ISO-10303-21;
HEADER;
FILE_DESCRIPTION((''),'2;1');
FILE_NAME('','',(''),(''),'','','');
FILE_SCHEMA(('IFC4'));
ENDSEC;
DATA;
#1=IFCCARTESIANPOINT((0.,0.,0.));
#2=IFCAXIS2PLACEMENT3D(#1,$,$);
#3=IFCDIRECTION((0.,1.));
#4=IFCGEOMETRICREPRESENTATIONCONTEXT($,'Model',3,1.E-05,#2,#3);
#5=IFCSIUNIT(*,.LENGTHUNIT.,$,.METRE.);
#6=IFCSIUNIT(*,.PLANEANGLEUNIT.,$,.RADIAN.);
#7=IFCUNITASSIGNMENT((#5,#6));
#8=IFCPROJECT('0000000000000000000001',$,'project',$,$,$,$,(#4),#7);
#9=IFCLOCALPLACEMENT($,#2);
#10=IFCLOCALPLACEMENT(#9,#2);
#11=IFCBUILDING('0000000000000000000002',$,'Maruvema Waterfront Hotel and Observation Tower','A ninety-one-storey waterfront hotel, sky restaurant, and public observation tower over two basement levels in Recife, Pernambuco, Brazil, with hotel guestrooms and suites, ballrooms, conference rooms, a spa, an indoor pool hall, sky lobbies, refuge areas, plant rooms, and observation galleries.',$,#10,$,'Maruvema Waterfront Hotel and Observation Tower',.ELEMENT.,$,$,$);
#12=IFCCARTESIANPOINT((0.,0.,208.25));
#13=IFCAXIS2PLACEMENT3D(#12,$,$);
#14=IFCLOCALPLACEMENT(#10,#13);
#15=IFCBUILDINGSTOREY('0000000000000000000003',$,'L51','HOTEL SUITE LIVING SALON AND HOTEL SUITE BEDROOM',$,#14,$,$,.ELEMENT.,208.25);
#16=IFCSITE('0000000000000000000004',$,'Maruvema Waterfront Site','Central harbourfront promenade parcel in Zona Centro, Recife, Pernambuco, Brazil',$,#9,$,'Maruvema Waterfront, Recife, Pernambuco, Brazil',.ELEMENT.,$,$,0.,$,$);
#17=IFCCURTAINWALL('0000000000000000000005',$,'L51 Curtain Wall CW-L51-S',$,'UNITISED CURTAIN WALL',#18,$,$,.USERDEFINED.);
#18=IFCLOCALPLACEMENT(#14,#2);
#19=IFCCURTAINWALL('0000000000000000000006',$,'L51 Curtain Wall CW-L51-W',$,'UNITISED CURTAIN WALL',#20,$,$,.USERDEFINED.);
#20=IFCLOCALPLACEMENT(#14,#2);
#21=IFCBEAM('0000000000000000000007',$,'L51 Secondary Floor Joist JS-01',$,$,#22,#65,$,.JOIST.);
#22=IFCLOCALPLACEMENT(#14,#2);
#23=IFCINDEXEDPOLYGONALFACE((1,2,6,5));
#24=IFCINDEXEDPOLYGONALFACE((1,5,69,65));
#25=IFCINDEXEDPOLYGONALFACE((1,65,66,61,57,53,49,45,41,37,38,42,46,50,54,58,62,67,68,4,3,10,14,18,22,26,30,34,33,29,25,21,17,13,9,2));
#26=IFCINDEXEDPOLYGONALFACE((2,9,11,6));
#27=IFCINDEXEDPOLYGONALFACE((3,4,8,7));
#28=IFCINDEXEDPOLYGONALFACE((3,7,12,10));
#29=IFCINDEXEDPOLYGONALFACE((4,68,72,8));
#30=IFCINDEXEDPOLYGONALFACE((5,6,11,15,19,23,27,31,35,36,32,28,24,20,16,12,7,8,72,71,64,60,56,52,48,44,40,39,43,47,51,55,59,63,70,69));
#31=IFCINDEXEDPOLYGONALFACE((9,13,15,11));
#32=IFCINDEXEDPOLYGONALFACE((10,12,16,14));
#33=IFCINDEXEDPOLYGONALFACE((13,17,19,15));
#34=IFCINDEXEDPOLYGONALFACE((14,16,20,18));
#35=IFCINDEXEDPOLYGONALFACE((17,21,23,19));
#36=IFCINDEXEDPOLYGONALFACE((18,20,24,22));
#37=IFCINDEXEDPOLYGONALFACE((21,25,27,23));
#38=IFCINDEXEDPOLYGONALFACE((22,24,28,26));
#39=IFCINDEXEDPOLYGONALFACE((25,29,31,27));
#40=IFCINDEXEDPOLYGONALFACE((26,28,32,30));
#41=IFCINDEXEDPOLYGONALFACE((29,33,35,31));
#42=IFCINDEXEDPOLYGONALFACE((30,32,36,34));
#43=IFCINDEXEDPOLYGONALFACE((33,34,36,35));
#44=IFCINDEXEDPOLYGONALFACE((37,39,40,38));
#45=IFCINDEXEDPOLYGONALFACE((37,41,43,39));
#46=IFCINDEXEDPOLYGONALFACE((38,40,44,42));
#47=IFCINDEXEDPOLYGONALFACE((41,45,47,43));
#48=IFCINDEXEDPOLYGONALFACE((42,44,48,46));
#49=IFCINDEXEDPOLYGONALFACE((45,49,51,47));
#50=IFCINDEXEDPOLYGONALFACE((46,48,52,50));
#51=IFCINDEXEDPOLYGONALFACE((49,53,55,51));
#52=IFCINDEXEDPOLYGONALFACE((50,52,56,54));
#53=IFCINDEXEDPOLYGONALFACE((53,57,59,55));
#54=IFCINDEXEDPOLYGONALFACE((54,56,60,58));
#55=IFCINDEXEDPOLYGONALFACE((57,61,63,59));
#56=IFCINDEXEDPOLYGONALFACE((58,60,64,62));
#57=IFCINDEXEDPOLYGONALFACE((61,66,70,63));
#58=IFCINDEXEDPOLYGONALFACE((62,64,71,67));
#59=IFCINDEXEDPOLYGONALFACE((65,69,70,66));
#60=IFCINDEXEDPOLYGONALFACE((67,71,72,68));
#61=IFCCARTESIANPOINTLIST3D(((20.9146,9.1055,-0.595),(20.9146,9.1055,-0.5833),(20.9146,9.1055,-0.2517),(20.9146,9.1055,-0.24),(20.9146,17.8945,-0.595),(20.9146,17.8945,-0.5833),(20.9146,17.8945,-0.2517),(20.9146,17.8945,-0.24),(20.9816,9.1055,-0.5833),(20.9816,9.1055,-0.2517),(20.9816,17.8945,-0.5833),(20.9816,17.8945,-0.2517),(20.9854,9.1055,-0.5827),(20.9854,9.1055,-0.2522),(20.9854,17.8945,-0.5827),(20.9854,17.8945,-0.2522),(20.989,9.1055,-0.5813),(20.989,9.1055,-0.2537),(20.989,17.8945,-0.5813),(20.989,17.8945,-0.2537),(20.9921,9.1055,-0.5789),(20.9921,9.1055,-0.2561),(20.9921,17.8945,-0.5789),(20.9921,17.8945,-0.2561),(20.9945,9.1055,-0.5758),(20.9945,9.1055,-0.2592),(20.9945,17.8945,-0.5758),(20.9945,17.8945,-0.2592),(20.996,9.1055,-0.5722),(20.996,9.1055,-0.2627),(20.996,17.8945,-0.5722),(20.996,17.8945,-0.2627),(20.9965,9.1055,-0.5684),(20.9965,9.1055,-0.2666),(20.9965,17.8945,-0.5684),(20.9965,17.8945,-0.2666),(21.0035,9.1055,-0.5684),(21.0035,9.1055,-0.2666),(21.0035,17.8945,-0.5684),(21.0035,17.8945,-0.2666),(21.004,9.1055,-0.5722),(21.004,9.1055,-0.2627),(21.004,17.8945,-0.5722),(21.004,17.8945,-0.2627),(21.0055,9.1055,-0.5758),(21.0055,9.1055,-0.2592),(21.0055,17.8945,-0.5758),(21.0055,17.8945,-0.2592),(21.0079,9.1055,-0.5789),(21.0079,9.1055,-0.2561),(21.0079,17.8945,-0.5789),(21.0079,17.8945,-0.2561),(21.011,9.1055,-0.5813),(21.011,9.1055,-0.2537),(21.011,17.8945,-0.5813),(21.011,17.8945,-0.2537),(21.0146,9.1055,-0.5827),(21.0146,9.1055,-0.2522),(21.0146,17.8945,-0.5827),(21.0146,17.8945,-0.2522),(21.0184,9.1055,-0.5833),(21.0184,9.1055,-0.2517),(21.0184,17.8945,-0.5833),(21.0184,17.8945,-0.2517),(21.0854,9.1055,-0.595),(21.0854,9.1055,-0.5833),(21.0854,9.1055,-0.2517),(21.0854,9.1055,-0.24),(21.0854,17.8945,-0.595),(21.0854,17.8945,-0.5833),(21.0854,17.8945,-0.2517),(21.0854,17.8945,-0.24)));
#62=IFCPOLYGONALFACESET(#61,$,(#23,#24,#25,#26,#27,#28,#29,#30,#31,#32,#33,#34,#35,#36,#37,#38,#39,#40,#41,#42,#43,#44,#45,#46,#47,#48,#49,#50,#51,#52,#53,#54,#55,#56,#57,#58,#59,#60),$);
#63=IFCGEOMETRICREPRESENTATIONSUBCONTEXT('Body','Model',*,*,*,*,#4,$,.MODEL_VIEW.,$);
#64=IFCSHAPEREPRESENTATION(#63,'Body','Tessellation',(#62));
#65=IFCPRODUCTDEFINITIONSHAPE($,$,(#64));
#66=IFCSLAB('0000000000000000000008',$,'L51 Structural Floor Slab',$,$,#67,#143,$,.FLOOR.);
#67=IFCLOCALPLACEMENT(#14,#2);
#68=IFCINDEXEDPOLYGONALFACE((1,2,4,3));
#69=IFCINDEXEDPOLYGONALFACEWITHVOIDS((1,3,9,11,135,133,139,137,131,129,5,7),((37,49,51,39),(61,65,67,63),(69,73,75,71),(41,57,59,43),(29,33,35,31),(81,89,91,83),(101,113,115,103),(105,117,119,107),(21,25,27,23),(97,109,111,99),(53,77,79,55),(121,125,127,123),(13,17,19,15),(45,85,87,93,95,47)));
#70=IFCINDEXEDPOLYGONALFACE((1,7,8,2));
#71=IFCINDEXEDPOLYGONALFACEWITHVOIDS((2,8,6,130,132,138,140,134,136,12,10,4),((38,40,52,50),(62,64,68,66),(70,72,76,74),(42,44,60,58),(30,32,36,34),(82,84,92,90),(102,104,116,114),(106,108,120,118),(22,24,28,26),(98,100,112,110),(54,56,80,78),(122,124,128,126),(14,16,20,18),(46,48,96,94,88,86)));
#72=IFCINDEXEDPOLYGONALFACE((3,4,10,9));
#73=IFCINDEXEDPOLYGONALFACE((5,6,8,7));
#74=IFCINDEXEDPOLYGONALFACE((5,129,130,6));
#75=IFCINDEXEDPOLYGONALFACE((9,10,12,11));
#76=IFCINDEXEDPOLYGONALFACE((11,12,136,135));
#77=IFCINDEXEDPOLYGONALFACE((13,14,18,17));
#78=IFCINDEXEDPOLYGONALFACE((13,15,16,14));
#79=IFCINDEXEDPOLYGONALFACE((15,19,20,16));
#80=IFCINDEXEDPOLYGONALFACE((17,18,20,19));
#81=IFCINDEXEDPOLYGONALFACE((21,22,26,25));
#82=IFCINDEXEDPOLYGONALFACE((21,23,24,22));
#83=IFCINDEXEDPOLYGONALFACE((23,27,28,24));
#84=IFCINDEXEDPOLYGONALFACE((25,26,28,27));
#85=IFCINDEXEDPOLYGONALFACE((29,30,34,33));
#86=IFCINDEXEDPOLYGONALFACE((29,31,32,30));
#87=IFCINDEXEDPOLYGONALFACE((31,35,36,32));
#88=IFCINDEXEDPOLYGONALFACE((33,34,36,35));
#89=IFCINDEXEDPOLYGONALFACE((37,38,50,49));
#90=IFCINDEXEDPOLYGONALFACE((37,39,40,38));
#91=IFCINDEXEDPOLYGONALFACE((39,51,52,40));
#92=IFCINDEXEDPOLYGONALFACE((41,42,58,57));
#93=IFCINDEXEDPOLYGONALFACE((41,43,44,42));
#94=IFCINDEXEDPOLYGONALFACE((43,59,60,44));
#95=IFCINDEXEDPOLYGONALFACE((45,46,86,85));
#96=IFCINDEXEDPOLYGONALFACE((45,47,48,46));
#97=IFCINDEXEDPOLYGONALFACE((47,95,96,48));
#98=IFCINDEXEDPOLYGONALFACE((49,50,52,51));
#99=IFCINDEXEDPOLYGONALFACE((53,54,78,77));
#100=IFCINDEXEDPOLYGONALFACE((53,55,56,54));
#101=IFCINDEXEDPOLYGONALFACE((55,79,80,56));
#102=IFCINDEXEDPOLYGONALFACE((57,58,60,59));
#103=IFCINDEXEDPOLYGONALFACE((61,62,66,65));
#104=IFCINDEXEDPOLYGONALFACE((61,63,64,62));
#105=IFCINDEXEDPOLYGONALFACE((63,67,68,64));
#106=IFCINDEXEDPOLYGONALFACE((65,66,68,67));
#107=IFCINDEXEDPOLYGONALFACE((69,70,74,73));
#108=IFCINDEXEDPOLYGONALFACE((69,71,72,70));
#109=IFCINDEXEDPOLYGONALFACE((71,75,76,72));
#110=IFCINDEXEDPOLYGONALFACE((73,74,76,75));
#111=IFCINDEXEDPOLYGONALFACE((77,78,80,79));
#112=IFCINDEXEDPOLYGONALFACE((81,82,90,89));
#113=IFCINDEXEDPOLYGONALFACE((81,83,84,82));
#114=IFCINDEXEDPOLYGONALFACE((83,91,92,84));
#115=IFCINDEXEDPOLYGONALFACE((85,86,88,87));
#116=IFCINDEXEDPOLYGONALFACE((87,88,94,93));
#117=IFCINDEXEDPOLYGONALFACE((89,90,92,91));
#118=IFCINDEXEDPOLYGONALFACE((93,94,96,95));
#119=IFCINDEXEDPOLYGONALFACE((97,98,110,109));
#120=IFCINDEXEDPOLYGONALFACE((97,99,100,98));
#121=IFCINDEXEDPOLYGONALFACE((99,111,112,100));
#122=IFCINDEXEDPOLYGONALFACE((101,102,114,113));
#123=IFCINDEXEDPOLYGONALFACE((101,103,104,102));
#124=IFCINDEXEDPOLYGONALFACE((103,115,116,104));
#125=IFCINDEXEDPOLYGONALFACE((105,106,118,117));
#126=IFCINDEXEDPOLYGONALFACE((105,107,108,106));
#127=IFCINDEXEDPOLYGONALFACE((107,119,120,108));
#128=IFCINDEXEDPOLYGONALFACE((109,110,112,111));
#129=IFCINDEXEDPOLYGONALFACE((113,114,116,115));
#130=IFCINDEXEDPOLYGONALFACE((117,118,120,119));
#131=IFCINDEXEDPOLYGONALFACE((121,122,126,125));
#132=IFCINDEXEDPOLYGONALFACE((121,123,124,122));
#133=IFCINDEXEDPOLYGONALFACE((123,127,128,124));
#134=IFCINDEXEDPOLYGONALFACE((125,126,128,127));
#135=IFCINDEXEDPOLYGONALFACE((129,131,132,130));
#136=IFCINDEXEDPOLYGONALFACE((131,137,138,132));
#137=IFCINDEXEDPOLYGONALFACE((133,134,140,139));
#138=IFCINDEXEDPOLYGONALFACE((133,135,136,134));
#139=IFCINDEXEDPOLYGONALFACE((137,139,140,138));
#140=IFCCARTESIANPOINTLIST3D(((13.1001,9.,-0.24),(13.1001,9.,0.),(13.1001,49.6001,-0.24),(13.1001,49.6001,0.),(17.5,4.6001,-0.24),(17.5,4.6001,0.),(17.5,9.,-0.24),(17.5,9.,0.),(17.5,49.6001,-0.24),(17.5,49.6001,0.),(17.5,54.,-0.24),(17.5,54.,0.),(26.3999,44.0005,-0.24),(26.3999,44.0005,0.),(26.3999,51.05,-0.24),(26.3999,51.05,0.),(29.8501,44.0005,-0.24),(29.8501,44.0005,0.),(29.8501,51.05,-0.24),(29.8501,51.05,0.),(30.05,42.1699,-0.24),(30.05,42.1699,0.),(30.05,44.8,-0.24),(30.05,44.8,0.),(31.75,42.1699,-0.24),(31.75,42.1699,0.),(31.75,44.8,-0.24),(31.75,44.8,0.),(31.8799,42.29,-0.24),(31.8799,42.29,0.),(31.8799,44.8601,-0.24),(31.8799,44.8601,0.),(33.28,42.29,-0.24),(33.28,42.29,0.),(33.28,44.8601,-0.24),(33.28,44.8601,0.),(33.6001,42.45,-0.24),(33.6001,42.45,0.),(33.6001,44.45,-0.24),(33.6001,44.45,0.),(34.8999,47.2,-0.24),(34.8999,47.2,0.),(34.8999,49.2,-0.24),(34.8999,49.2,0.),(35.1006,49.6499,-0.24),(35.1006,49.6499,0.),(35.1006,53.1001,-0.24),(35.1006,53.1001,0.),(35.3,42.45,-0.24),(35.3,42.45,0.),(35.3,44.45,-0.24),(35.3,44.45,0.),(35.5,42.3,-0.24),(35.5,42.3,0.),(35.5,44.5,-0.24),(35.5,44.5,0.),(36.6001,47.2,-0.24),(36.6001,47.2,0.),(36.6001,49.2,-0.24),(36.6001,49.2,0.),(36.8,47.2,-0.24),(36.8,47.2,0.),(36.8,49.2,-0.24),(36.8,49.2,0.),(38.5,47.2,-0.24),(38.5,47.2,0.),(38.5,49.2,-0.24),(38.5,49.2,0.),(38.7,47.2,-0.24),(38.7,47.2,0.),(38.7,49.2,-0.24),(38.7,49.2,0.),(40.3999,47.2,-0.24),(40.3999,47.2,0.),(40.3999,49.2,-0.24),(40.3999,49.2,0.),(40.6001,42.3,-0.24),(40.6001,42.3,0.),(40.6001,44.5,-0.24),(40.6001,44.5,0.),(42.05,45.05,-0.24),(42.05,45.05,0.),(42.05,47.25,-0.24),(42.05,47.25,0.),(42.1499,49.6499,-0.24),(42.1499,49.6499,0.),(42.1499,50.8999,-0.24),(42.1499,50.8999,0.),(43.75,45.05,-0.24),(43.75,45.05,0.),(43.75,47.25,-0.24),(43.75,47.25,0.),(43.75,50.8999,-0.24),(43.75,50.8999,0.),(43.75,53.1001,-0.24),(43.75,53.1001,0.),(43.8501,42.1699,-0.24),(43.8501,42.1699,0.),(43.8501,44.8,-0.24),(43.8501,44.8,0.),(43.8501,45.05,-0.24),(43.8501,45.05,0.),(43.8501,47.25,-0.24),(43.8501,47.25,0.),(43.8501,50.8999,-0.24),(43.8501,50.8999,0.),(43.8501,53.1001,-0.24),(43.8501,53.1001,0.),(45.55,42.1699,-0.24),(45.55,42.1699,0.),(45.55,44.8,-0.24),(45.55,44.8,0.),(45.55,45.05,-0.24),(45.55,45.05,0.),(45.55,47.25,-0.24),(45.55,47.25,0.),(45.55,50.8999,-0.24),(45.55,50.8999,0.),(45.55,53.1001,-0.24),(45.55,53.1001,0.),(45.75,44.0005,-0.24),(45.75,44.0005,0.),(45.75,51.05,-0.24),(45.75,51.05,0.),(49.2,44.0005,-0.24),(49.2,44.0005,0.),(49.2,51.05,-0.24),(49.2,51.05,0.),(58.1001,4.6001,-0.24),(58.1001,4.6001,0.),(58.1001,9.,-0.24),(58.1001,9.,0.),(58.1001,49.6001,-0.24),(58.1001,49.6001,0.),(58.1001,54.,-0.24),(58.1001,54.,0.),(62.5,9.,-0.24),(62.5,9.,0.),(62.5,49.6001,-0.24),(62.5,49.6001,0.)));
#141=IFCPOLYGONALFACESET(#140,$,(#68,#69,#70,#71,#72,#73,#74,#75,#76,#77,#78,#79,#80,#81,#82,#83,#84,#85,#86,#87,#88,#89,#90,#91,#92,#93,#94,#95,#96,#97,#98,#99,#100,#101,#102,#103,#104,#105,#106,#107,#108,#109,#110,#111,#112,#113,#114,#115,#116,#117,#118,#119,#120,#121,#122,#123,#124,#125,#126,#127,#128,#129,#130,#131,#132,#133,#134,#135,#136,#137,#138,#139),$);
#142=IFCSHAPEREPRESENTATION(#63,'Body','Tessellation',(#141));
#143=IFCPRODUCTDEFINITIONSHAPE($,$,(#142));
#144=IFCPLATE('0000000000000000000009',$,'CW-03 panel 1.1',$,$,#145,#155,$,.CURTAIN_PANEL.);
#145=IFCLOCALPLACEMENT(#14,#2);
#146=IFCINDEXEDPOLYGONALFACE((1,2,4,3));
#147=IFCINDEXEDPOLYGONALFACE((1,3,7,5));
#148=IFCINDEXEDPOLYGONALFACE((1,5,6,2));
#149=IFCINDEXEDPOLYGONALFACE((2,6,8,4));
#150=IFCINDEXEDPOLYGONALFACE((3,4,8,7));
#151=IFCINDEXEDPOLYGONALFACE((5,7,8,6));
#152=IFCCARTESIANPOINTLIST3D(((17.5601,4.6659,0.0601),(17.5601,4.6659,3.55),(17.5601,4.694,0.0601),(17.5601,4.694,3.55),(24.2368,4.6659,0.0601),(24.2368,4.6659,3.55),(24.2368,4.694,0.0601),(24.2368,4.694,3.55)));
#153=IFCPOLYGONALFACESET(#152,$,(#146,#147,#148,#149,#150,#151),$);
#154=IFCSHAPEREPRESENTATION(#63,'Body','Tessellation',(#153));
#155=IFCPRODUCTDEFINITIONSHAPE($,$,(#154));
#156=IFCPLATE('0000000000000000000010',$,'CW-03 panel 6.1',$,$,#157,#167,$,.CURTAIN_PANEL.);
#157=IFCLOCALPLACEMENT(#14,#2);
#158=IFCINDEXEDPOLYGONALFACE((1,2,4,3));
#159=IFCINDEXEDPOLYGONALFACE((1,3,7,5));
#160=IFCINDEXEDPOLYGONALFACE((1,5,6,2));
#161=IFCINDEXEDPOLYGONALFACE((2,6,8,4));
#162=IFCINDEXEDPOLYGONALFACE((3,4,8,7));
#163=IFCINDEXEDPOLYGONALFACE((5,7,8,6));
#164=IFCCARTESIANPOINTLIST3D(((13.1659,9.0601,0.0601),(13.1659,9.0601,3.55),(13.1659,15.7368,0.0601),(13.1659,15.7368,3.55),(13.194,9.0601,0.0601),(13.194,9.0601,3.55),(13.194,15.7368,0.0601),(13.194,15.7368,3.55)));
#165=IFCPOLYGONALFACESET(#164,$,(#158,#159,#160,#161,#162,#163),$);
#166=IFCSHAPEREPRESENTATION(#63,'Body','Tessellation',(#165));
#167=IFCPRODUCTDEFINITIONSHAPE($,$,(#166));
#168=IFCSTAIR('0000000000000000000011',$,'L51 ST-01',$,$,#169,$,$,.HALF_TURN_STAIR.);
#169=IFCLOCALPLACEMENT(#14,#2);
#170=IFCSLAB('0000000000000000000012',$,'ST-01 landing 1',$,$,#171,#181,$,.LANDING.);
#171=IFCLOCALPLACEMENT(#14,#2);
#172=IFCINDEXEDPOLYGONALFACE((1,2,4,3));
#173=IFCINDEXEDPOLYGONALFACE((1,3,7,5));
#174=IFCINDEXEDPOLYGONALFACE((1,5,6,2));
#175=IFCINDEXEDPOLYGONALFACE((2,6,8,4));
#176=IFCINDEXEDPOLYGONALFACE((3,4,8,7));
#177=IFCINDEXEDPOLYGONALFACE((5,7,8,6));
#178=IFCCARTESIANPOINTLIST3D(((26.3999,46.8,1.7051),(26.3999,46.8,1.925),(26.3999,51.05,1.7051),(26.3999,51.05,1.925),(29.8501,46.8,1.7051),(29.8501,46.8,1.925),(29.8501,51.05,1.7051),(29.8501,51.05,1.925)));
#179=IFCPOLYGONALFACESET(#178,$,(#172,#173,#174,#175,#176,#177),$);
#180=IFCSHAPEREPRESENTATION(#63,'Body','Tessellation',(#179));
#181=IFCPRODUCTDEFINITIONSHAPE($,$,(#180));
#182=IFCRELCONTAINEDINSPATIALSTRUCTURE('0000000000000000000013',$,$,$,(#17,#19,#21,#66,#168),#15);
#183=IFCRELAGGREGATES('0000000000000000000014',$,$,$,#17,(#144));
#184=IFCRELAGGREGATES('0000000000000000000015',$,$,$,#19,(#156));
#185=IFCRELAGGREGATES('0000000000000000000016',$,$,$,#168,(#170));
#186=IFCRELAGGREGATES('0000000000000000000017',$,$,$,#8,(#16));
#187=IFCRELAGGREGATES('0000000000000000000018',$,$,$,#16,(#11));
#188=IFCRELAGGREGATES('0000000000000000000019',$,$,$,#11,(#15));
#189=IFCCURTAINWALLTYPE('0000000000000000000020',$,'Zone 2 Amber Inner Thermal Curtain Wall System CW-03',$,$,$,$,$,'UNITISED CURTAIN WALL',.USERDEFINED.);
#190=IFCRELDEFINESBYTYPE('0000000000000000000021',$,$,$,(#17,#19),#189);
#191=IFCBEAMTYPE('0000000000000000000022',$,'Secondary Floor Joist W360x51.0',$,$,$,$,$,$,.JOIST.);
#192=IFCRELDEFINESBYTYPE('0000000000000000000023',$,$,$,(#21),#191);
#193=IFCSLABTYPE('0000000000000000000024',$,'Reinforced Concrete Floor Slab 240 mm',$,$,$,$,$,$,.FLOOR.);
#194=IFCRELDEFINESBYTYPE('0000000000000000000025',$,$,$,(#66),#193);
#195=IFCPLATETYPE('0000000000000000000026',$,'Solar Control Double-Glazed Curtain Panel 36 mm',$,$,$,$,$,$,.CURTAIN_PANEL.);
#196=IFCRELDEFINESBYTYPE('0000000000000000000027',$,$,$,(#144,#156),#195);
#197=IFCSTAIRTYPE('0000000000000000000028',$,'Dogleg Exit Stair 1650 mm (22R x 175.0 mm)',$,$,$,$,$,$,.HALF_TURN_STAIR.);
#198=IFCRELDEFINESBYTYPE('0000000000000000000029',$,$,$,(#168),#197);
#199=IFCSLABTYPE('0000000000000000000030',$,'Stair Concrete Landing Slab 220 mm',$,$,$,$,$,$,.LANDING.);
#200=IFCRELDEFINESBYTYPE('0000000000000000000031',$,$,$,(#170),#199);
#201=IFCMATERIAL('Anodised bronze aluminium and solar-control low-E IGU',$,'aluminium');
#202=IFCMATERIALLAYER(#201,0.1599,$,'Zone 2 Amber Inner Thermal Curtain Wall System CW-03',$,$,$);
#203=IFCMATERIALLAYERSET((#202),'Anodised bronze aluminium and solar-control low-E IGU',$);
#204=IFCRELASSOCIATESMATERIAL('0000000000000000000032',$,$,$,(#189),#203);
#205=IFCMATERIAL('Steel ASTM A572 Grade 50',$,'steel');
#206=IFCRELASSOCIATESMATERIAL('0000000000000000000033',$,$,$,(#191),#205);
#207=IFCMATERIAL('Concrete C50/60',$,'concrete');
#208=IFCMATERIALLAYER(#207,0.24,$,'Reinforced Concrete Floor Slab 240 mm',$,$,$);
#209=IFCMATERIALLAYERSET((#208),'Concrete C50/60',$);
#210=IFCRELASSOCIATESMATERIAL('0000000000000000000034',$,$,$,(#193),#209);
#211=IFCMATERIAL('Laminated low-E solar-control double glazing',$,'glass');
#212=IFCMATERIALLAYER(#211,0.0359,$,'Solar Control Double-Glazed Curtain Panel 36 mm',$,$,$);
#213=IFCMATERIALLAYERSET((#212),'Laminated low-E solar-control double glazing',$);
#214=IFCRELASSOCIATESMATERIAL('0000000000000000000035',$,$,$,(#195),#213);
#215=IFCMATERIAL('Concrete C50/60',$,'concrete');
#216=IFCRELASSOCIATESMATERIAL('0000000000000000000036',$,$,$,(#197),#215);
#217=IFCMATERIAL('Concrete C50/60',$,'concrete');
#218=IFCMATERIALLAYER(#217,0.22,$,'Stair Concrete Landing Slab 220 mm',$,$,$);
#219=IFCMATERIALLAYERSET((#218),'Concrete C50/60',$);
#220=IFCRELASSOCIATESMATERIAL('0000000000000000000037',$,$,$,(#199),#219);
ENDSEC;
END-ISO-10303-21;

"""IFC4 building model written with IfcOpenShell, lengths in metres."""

from ifc_helpers import new_model, si_unit, direction, frame, origin, origin_2d, place, context, subcontext, project, spatial, polyline, rectangle, i_section, outline, extrude, material, layer, layer_set, material_profile, profile_set, type_object, element, aggregate, save


model = new_model("IFC4")

# Units and contexts
model_context = context("Model", 3, precision=1e-05, world=origin(), true_north=direction((0.0, 1.0)))
body_context = subcontext(model_context, "Body", "Model", "MODEL_VIEW")
ifc_project = project(units=[si_unit("LENGTHUNIT", "METRE"), si_unit("PLANEANGLEUNIT", "RADIAN")], contexts=[model_context])

# Site, building, storey
site_placement = place(None, origin())
site = spatial("IfcSite", under=ifc_project, at=site_placement, Name="Maruvema Waterfront Site", Description="Central harbourfront promenade parcel in Zona Centro, Recife, Pernambuco, Brazil", LongName="Maruvema Waterfront, Recife, Pernambuco, Brazil", CompositionType="ELEMENT", RefElevation=0.0)
building_placement = place(site_placement, origin())
building = spatial("IfcBuilding", under=site, at=building_placement, Name="Maruvema Waterfront Hotel and Observation Tower", Description="A ninety-one-storey waterfront hotel, sky restaurant, and public observation tower over two basement levels in Recife, Pernambuco, Brazil, with hotel guestrooms and suites, ballrooms, conference rooms, a spa, an indoor pool hall, sky lobbies, refuge areas, plant rooms, and observation galleries.", LongName="Maruvema Waterfront Hotel and Observation Tower", CompositionType="ELEMENT")
storey_placement = place(building_placement, frame((0.0, 0.0, 208.25)))
storey = spatial("IfcBuildingStorey", under=building, at=storey_placement, Name="L51", Description="HOTEL SUITE LIVING SALON AND HOTEL SUITE BEDROOM", CompositionType="ELEMENT", Elevation=208.25)

# Curtain walls
ifc_material_1 = material(Name="Anodised bronze aluminium and solar-control low-E IGU", Category="aluminium")
ifc_layer_1 = layer(ifc_material_1, 0.1599, Name="Zone 2 Amber Inner Thermal Curtain Wall System CW-03")
ifc_layer_set_1 = layer_set([ifc_layer_1], Name="Anodised bronze aluminium and solar-control low-E IGU")
curtain_wall_type = type_object("IfcCurtainWallType", Name="Zone 2 Amber Inner Thermal Curtain Wall System CW-03", ElementType="UNITISED CURTAIN WALL", PredefinedType="USERDEFINED", material=ifc_layer_set_1)
curtain_wall_1_placement = place(storey_placement, origin())
curtain_wall_1 = element("IfcCurtainWall", 1, at=curtain_wall_1_placement, inside=storey, type_object=curtain_wall_type, Name="L51 Curtain Wall CW-L51-S", ObjectType="UNITISED CURTAIN WALL", PredefinedType="USERDEFINED")
curtain_wall_2_placement = place(storey_placement, origin())
curtain_wall_2 = element("IfcCurtainWall", 2, at=curtain_wall_2_placement, inside=storey, type_object=curtain_wall_type, Name="L51 Curtain Wall CW-L51-W", ObjectType="UNITISED CURTAIN WALL", PredefinedType="USERDEFINED")

# Beam
ifc_material_2 = material(Name="Steel ASTM A572 Grade 50", Category="steel")
ifc_material_profile_1 = material_profile(ifc_material_2, i_section(OverallWidth=0.1709, OverallDepth=0.355, WebThickness=0.0071, FlangeThickness=0.0117, FilletRadius=0.0149, at=origin_2d()), Name="W360x51.0")
ifc_profile_set_1 = profile_set([ifc_material_profile_1], Name="Steel ASTM A572 Grade 50")
beam_type_1 = type_object("IfcBeamType", Name="Secondary Floor Joist W360x51.0", PredefinedType="JOIST", material=ifc_profile_set_1)
beam_1_placement = place(storey_placement, frame((21.0, 9.1055, -0.4175), z_axis=(0.0, 1.0, 0.0), x_axis=(-1.0, 0.0, 0.0)))
element("IfcBeam", 3, at=beam_1_placement, inside=storey, type_object=beam_type_1, Name="L51 Secondary Floor Joist JS-01", PredefinedType="JOIST", context=body_context, shape_type="SweptSolid", body=[
    extrude(i_section(OverallWidth=0.1709, OverallDepth=0.355, WebThickness=0.0071, FlangeThickness=0.0117, FilletRadius=0.0149, at=origin_2d()), origin(), (0.0, 0.0, 1.0), 8.7891),
])

# Slab
ifc_material_3 = material(Name="Concrete C50/60", Category="concrete")
ifc_layer_2 = layer(ifc_material_3, 0.24, Name="Reinforced Concrete Floor Slab 240 mm")
ifc_layer_set_2 = layer_set([ifc_layer_2], Name="Concrete C50/60")
slab_type_1 = type_object("IfcSlabType", Name="Reinforced Concrete Floor Slab 240 mm", PredefinedType="FLOOR", material=ifc_layer_set_2)
slab_1_placement = place(storey_placement, frame((0.0, 0.0, -0.24)))
element("IfcSlab", 4, at=slab_1_placement, inside=storey, type_object=slab_type_1, Name="L51 Structural Floor Slab", PredefinedType="FLOOR", context=body_context, shape_type="SweptSolid", body=[
    extrude(outline(polyline([(17.5, 4.6001), (58.1001, 4.6001), (58.1001, 9.0), (62.5, 9.0), (62.5, 49.6001), (58.1001, 49.6001), (58.1001, 54.0), (17.5, 54.0), (17.5, 49.6001), (13.1001, 49.6001), (13.1001, 9.0), (17.5, 9.0), (17.5, 4.6001)]), holes=[polyline([(26.3999, 44.0005), (26.3999, 51.05), (29.8501, 51.05), (29.8501, 44.0005), (26.3999, 44.0005)]), polyline([(30.05, 44.8), (31.75, 44.8), (31.75, 42.1699), (30.05, 42.1699), (30.05, 44.8)]), polyline([(31.8799, 44.8601), (33.28, 44.8601), (33.28, 42.29), (31.8799, 42.29), (31.8799, 44.8601)]), polyline([(33.6001, 44.45), (35.3, 44.45), (35.3, 42.45), (33.6001, 42.45), (33.6001, 44.45)]), polyline([(34.8999, 49.2), (36.6001, 49.2), (36.6001, 47.2), (34.8999, 47.2), (34.8999, 49.2)]), polyline([(36.8, 49.2), (38.5, 49.2), (38.5, 47.2), (36.8, 47.2), (36.8, 49.2)]), polyline([(35.5, 42.3), (35.5, 44.5), (40.6001, 44.5), (40.6001, 42.3), (35.5, 42.3)]), polyline([(35.1006, 53.1001), (43.75, 53.1001), (43.75, 50.8999), (42.1499, 50.8999), (42.1499, 49.6499), (35.1006, 49.6499), (35.1006, 53.1001)]), polyline([(38.7, 49.2), (40.3999, 49.2), (40.3999, 47.2), (38.7, 47.2), (38.7, 49.2)]), polyline([(42.05, 47.25), (43.75, 47.25), (43.75, 45.05), (42.05, 45.05), (42.05, 47.25)]), polyline([(43.8501, 44.8), (45.55, 44.8), (45.55, 42.1699), (43.8501, 42.1699), (43.8501, 44.8)]), polyline([(43.8501, 47.25), (45.55, 47.25), (45.55, 45.05), (43.8501, 45.05), (43.8501, 47.25)]), polyline([(45.55, 53.1001), (45.55, 50.8999), (43.8501, 50.8999), (43.8501, 53.1001), (45.55, 53.1001)]), polyline([(45.75, 44.0005), (45.75, 51.05), (49.2, 51.05), (49.2, 44.0005), (45.75, 44.0005)])]), origin(), (0.0, 0.0, 1.0), 0.24),
])

# Plates
ifc_material_4 = material(Name="Laminated low-E solar-control double glazing", Category="glass")
ifc_layer_3 = layer(ifc_material_4, 0.0359, Name="Solar Control Double-Glazed Curtain Panel 36 mm")
ifc_layer_set_3 = layer_set([ifc_layer_3], Name="Laminated low-E solar-control double glazing")
plate_type = type_object("IfcPlateType", Name="Solar Control Double-Glazed Curtain Panel 36 mm", PredefinedType="CURTAIN_PANEL", material=ifc_layer_set_3)
plate_1_placement = place(storey_placement, frame((20.8984, 4.6799, 0.0601), z_axis=(0.0, 0.0, 1.0), x_axis=(1.0, 0.0, 0.0)))
plate_1 = element("IfcPlate", 5, at=plate_1_placement, type_object=plate_type, Name="CW-03 panel 1.1", PredefinedType="CURTAIN_PANEL", context=body_context, shape_type="SweptSolid", body=[
    extrude(rectangle(XDim=6.6768, YDim=0.0281, at=origin_2d()), origin(), (0.0, 0.0, 1.0), 3.49),
])
aggregate(curtain_wall_1, [plate_1])
plate_2_placement = place(storey_placement, frame((13.1799, 12.3984, 0.0601), z_axis=(0.0, 0.0, 1.0), x_axis=(0.0, -1.0, 0.0)))
plate_2 = element("IfcPlate", 6, at=plate_2_placement, type_object=plate_type, Name="CW-03 panel 6.1", PredefinedType="CURTAIN_PANEL", context=body_context, shape_type="SweptSolid", body=[
    extrude(rectangle(XDim=6.6768, YDim=0.0281, at=origin_2d()), origin(), (0.0, 0.0, 1.0), 3.49),
])
aggregate(curtain_wall_2, [plate_2])

# Stair, slab
ifc_material_5 = material(Name="Concrete C50/60", Category="concrete")
stair_type = type_object("IfcStairType", Name="Dogleg Exit Stair 1650 mm (22R x 175.0 mm)", PredefinedType="HALF_TURN_STAIR", material=ifc_material_5)
stair_1_placement = place(storey_placement, origin())
stair_1 = element("IfcStair", 7, at=stair_1_placement, inside=storey, type_object=stair_type, Name="L51 ST-01", PredefinedType="HALF_TURN_STAIR")
ifc_material_6 = material(Name="Concrete C50/60", Category="concrete")
ifc_layer_4 = layer(ifc_material_6, 0.22, Name="Stair Concrete Landing Slab 220 mm")
ifc_layer_set_4 = layer_set([ifc_layer_4], Name="Concrete C50/60")
slab_type_2 = type_object("IfcSlabType", Name="Stair Concrete Landing Slab 220 mm", PredefinedType="LANDING", material=ifc_layer_set_4)
slab_2_placement = place(storey_placement, frame((0.0, 0.0, 1.7051)))
slab_2 = element("IfcSlab", 8, at=slab_2_placement, type_object=slab_type_2, Name="ST-01 landing 1", PredefinedType="LANDING", context=body_context, shape_type="SweptSolid", body=[
    extrude(outline(polyline([(29.8501, 46.8), (29.8501, 51.05), (26.3999, 51.05), (26.3999, 46.8), (29.8501, 46.8)])), origin(), (0.0, 0.0, 1.0), 0.22),
])
aggregate(stair_1, [slab_2])

save(model, "model.ifc")
